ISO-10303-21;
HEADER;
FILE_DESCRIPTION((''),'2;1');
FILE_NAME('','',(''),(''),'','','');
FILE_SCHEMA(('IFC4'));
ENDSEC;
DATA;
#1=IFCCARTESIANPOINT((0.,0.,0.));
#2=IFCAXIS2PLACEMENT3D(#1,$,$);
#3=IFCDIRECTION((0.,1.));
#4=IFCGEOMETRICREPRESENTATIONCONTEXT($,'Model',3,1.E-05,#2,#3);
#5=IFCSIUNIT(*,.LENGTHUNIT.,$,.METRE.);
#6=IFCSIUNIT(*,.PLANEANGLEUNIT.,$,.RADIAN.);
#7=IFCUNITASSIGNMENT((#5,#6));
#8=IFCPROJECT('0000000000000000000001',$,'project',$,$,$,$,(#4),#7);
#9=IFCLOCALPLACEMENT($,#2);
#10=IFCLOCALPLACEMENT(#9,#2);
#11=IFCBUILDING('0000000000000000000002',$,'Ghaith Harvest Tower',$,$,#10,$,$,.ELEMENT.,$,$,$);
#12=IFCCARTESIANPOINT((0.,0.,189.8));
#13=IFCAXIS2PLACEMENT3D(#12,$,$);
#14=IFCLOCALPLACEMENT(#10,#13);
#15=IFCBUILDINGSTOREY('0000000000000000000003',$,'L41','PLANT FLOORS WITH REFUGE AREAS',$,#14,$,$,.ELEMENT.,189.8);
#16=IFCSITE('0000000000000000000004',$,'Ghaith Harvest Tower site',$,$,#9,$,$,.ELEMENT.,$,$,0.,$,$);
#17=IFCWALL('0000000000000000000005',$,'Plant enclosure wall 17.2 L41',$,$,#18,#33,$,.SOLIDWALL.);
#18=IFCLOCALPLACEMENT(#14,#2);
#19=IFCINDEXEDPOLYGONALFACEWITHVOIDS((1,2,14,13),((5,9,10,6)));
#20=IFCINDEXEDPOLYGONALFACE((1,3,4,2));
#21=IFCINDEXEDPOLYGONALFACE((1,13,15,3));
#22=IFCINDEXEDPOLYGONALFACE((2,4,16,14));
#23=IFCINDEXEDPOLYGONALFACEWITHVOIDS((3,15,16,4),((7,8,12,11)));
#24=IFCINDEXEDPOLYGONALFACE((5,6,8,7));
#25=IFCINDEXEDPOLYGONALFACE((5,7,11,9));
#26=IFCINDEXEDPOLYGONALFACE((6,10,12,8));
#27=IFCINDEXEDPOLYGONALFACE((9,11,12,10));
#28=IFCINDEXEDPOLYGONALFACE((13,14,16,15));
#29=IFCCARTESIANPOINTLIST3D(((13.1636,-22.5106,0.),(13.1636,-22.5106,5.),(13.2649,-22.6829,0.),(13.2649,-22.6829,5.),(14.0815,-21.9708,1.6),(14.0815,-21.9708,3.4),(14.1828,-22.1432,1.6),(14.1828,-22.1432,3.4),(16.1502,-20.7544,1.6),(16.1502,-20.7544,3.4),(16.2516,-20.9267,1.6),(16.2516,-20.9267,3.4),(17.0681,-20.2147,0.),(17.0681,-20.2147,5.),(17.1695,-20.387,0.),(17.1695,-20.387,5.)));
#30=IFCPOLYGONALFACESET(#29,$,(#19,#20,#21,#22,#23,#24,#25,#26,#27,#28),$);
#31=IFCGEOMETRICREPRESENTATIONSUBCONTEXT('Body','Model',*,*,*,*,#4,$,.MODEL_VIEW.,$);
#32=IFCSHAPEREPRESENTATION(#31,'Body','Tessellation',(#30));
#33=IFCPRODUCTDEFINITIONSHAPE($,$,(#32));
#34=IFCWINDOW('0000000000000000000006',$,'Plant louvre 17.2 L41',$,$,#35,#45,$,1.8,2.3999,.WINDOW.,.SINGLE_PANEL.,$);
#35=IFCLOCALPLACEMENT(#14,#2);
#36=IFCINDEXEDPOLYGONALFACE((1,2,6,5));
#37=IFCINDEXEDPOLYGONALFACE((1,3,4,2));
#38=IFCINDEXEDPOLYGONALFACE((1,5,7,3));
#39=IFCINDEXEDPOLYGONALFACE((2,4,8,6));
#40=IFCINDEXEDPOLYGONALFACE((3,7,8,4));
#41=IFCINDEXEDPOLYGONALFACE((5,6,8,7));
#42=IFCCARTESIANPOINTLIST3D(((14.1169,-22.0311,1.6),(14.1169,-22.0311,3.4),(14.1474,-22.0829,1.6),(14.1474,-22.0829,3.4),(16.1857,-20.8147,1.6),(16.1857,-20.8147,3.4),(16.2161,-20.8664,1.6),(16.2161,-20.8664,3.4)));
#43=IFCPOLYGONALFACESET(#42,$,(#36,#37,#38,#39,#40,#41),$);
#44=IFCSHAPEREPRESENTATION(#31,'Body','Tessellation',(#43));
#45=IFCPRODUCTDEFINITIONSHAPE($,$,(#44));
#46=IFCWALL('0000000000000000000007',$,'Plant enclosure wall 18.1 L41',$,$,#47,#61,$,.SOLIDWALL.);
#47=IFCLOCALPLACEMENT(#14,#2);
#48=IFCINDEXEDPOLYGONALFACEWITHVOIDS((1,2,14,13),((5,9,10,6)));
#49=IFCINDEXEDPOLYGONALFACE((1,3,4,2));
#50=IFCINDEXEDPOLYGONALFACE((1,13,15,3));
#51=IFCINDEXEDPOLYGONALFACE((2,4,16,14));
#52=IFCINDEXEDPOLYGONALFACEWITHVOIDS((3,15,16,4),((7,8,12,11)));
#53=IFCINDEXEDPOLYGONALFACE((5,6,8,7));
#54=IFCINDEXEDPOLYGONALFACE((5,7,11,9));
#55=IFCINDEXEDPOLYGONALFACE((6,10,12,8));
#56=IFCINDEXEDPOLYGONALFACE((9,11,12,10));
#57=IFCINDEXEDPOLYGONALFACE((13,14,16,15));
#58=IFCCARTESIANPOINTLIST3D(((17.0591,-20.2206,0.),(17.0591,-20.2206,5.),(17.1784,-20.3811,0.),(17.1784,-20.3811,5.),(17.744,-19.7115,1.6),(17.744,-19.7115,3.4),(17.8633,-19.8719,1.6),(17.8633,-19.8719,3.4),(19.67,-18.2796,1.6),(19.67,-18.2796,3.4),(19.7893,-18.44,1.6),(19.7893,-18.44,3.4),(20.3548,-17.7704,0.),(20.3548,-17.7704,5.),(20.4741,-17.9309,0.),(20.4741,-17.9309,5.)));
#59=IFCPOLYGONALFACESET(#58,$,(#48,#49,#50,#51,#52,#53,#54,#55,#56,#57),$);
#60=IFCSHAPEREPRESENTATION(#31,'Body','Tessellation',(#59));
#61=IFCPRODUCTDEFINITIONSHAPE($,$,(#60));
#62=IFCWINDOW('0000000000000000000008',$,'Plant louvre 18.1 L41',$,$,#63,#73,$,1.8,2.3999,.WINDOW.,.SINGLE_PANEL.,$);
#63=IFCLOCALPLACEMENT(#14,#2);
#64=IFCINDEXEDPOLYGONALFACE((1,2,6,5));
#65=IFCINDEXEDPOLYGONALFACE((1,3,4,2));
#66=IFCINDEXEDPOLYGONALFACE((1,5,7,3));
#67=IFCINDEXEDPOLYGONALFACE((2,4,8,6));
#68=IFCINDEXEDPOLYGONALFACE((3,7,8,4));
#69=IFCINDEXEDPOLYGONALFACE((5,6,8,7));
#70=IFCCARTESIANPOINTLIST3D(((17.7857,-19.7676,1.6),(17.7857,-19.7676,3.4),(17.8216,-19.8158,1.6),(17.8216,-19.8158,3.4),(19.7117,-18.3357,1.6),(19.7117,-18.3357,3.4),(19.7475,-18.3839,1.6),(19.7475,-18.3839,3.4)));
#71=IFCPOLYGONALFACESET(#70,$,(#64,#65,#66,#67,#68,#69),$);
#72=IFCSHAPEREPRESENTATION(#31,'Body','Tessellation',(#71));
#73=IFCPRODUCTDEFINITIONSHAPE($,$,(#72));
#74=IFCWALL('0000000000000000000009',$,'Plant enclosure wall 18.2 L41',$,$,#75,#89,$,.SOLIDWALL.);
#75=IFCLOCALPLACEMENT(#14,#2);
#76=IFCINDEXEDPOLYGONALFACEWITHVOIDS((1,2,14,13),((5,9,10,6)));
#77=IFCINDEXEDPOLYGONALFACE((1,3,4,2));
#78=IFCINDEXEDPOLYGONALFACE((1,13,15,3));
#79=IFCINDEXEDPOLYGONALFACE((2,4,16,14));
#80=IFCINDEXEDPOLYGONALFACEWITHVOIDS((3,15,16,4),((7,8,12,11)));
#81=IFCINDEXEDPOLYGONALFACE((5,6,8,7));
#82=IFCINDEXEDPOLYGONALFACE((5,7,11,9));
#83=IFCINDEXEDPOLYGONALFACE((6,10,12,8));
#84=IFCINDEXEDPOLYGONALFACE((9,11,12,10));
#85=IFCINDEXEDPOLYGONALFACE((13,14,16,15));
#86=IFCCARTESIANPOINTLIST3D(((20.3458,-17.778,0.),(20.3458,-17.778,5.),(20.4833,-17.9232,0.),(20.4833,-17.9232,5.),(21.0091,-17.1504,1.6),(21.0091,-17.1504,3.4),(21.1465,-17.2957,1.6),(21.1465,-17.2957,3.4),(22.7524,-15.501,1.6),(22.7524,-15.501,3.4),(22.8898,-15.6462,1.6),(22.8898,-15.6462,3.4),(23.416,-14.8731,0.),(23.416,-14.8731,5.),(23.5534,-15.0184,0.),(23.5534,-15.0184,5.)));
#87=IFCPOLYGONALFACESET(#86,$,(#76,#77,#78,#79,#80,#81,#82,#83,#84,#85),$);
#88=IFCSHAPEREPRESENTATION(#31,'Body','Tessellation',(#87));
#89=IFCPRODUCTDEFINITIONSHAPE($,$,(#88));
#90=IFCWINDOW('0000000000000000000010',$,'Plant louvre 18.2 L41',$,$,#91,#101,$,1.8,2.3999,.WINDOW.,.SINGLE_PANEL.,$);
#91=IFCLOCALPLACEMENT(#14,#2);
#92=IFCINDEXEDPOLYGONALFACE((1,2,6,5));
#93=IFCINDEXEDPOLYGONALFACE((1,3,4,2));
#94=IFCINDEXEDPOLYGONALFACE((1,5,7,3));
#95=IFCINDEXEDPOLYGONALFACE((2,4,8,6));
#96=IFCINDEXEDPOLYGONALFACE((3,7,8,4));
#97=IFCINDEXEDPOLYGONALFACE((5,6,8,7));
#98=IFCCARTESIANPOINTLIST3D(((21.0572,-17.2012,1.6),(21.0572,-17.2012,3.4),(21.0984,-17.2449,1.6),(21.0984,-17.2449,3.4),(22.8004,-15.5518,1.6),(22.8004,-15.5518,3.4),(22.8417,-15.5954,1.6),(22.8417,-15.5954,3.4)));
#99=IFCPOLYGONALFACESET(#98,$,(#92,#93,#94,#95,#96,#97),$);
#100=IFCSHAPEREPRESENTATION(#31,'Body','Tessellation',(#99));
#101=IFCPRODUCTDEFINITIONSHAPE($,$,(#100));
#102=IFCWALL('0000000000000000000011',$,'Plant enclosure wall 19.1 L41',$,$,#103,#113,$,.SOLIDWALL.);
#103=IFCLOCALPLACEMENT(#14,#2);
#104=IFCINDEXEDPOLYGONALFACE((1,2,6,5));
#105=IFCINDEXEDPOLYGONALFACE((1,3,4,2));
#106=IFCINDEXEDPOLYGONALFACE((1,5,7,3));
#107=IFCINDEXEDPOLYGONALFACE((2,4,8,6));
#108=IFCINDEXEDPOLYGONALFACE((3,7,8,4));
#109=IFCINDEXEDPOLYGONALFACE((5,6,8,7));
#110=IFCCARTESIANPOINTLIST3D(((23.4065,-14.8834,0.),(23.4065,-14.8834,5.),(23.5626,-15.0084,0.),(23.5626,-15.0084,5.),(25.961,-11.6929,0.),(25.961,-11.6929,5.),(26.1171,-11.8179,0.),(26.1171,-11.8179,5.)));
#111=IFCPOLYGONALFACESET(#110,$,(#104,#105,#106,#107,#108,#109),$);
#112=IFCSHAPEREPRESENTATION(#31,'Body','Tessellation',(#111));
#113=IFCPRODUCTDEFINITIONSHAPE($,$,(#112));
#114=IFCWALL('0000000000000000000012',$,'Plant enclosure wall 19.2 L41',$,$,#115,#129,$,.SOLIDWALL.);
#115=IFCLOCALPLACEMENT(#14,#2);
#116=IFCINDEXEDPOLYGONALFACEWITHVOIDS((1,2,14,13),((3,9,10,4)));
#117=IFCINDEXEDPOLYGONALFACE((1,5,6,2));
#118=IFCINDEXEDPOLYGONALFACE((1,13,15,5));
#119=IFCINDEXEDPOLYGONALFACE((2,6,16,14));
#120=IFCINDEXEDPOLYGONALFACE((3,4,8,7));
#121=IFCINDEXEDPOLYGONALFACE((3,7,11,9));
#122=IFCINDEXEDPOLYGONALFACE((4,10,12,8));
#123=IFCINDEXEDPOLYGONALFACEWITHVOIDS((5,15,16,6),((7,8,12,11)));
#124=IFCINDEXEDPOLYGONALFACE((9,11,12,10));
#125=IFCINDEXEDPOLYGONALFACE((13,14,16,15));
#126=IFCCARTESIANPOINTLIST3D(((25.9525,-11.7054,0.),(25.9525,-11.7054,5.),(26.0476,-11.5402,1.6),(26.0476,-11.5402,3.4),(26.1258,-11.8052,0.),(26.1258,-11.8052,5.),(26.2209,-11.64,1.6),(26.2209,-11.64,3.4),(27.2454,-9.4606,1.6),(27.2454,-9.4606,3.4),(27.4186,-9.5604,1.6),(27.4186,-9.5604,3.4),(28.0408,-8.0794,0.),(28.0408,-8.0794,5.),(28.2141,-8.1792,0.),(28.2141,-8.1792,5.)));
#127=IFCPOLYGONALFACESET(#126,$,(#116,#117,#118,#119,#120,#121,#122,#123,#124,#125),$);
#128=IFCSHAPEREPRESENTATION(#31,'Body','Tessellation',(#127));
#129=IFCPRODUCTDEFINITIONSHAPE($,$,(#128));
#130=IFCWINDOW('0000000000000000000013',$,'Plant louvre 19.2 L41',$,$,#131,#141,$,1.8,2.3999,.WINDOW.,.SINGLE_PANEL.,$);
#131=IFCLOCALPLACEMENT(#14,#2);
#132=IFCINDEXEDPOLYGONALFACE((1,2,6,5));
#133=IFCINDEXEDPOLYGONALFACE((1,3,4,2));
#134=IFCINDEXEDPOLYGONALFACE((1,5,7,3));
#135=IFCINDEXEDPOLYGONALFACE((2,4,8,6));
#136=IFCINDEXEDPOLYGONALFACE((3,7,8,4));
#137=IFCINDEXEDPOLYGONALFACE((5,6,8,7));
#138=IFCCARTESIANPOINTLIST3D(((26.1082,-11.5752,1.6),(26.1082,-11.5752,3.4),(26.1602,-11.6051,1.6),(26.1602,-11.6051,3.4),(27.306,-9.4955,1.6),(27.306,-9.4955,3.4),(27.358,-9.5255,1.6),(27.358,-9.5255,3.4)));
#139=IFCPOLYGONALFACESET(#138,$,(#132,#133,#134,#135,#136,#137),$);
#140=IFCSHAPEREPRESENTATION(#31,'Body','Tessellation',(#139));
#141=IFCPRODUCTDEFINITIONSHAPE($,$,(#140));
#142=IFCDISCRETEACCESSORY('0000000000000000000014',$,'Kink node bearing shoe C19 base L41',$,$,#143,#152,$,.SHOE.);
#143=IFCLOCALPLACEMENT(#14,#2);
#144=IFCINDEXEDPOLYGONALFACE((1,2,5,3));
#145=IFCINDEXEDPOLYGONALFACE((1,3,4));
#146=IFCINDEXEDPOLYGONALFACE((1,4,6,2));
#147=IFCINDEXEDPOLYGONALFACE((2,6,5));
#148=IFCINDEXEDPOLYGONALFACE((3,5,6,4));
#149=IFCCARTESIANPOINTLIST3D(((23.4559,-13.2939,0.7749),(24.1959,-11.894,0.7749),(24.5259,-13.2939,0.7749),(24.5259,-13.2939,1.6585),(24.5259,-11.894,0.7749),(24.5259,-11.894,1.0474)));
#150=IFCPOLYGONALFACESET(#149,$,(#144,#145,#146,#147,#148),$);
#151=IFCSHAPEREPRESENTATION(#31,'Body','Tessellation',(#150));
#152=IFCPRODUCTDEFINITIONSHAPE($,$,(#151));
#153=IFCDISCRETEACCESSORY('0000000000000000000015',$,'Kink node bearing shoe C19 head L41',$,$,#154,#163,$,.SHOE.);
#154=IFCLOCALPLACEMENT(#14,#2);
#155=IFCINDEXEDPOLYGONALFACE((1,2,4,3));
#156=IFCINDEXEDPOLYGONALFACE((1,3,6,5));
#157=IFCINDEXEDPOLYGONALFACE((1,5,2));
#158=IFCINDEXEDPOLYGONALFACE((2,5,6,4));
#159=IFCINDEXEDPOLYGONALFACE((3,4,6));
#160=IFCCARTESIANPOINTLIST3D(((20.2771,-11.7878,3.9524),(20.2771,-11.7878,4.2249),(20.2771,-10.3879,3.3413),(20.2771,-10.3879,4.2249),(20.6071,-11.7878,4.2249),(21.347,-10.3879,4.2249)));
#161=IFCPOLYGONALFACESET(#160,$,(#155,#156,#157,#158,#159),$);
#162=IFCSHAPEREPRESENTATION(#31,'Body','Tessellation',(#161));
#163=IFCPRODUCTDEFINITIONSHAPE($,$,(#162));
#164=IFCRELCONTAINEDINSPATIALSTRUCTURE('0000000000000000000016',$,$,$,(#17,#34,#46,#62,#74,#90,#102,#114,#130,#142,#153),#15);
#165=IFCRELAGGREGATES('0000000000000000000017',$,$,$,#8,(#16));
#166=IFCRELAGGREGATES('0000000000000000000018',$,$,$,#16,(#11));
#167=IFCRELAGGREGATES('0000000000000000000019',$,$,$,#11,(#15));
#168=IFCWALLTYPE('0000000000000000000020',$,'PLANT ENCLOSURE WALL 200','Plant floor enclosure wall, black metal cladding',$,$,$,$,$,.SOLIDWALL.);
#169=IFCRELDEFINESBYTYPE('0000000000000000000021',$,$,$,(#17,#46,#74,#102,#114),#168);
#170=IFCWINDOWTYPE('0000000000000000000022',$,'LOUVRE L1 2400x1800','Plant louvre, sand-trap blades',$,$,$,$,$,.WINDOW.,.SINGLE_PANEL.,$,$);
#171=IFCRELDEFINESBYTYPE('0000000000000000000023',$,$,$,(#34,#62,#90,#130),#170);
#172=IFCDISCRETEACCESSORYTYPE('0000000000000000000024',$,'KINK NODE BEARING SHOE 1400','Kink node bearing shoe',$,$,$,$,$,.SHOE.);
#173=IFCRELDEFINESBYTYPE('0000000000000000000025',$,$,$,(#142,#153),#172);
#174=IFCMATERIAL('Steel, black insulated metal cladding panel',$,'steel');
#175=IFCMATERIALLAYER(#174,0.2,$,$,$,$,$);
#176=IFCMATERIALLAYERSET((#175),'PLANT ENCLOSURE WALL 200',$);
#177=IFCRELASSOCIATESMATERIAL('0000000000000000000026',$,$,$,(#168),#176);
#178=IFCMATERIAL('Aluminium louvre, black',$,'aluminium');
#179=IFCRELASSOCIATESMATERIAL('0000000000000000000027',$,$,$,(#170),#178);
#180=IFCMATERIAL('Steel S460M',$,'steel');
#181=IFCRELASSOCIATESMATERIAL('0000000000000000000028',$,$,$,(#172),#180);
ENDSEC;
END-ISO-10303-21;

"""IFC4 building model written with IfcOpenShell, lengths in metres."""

from ifc_helpers import new_model, si_unit, direction, frame, frame_2d, origin, origin_2d, place, context, subcontext, project, spatial, rectangle, extrude, clip, halfspace, material, layer, layer_set, material_profile, profile_set, type_object, element, fill, save


model = new_model("IFC4")

# Units and contexts
model_context = context("Model", 3, precision=1e-05, world=origin(), true_north=direction((0.0, 1.0)))
body_context = subcontext(model_context, "Body", "Model", "MODEL_VIEW")
ifc_project = project(units=[si_unit("LENGTHUNIT", "METRE"), si_unit("PLANEANGLEUNIT", "RADIAN")], contexts=[model_context])

# Site, building, storey
site_placement = place(None, origin())
site = spatial("IfcSite", under=ifc_project, at=site_placement, Name="Ghaith Harvest Tower site", CompositionType="ELEMENT", RefElevation=0.0)
building_placement = place(site_placement, origin())
building = spatial("IfcBuilding", under=site, at=building_placement, Name="Ghaith Harvest Tower", CompositionType="ELEMENT")
storey_placement = place(building_placement, frame((0.0, 0.0, 189.8)))
storey = spatial("IfcBuildingStorey", under=building, at=storey_placement, Name="L41", Description="PLANT FLOORS WITH REFUGE AREAS", CompositionType="ELEMENT", Elevation=189.8)

# Walls, openings, windows
ifc_material_1 = material(Name="Steel, black insulated metal cladding panel", Category="steel")
ifc_layer_1 = layer(ifc_material_1, 0.2)
ifc_layer_set_1 = layer_set([ifc_layer_1], Name="PLANT ENCLOSURE WALL 200")
wall_type_1 = type_object("IfcWallType", Name="PLANT ENCLOSURE WALL 200", Description="Plant floor enclosure wall, black metal cladding", PredefinedType="SOLIDWALL", material=ifc_layer_set_1)
wall_1_placement = place(storey_placement, frame((13.2144, -22.5967, 0.0), z_axis=(0.0, 0.0, 1.0), x_axis=(0.86202, 0.506874, 0.0)))
wall_1 = element("IfcWall", 1, at=wall_1_placement, inside=storey, type_object=wall_type_1, Name="Plant enclosure wall 17.2 L41", PredefinedType="SOLIDWALL", context=body_context, shape_type="SweptSolid", body=[
    extrude(rectangle(XDim=4.5295, YDim=0.2, at=frame_2d((2.2646, 0.0))), origin(), (0.0, 0.0, 1.0), 5.0),
])
opening_1_placement = place(wall_1_placement, frame((1.0647, 0.0, 1.6001)))
opening_1 = element("IfcOpeningElement", 2, at=opening_1_placement, cuts=wall_1, PredefinedType="OPENING", context=body_context, shape_type="SweptSolid", body=[
    extrude(rectangle(XDim=2.3999, YDim=1.8, at=frame_2d((1.2, 0.8999))), frame((0.0, 0.1099, 0.0), z_axis=(0.0, -1.0, 0.0), x_axis=(1.0, 0.0, 0.0)), (0.0, 0.0, 1.0), 0.22),
])
ifc_material_2 = material(Name="Aluminium louvre, black", Category="aluminium")
window_type = type_object("IfcWindowType", Name="LOUVRE L1 2400x1800", Description="Plant louvre, sand-trap blades", PartitioningType="SINGLE_PANEL", PredefinedType="WINDOW", material=ifc_material_2)
window_1_placement = place(opening_1_placement, origin())
window_1 = element("IfcWindow", 3, at=window_1_placement, inside=storey, type_object=window_type, Name="Plant louvre 17.2 L41", OverallHeight=1.8, OverallWidth=2.3999, PartitioningType="SINGLE_PANEL", PredefinedType="WINDOW", context=body_context, shape_type="SweptSolid", body=[
    extrude(rectangle(XDim=2.3999, YDim=1.8, at=frame_2d((1.2, 0.8999))), frame((0.0, 0.03, 0.0), z_axis=(0.0, -1.0, 0.0), x_axis=(1.0, 0.0, 0.0)), (0.0, 0.0, 1.0), 0.0601),
])
fill(opening_1, window_1)
wall_2_placement = place(storey_placement, frame((17.1189, -20.3008, 0.0), z_axis=(0.0, 0.0, 1.0), x_axis=(0.802511, 0.596637, 0.0)))
wall_2 = element("IfcWall", 4, at=wall_2_placement, inside=storey, type_object=wall_type_1, Name="Plant enclosure wall 18.1 L41", PredefinedType="SOLIDWALL", context=body_context, shape_type="SweptSolid", body=[
    extrude(rectangle(XDim=4.1067, YDim=0.2, at=frame_2d((2.0532, 0.0))), origin(), (0.0, 0.0, 1.0), 5.0),
])
opening_2_placement = place(wall_2_placement, frame((0.8533, 0.0, 1.6001)))
opening_2 = element("IfcOpeningElement", 5, at=opening_2_placement, cuts=wall_2, PredefinedType="OPENING", context=body_context, shape_type="SweptSolid", body=[
    extrude(rectangle(XDim=2.3999, YDim=1.8, at=frame_2d((1.2, 0.8999))), frame((0.0, 0.1099, 0.0), z_axis=(0.0, -1.0, 0.0), x_axis=(1.0, 0.0, 0.0)), (0.0, 0.0, 1.0), 0.22),
])
window_2_placement = place(opening_2_placement, origin())
window_2 = element("IfcWindow", 6, at=window_2_placement, inside=storey, type_object=window_type, Name="Plant louvre 18.1 L41", OverallHeight=1.8, OverallWidth=2.3999, PartitioningType="SINGLE_PANEL", PredefinedType="WINDOW", context=body_context, shape_type="SweptSolid", body=[
    extrude(rectangle(XDim=2.3999, YDim=1.8, at=frame_2d((1.2, 0.8999))), frame((0.0, 0.03, 0.0), z_axis=(0.0, -1.0, 0.0), x_axis=(1.0, 0.0, 0.0)), (0.0, 0.0, 1.0), 0.0601),
])
fill(opening_2, window_2)
wall_3_placement = place(storey_placement, frame((20.4146, -17.8506, 0.0), z_axis=(0.0, 0.0, 1.0), x_axis=(0.72639, 0.687283, 0.0)))
wall_3 = element("IfcWall", 7, at=wall_3_placement, inside=storey, type_object=wall_type_1, Name="Plant enclosure wall 18.2 L41", PredefinedType="SOLIDWALL", context=body_context, shape_type="SweptSolid", body=[
    extrude(rectangle(XDim=4.2266, YDim=0.2, at=frame_2d((2.1133, 0.0))), origin(), (0.0, 0.0, 1.0), 5.0),
])
opening_3_placement = place(wall_3_placement, frame((0.9131, 0.0, 1.6001)))
opening_3 = element("IfcOpeningElement", 8, at=opening_3_placement, cuts=wall_3, PredefinedType="OPENING", context=body_context, shape_type="SweptSolid", body=[
    extrude(rectangle(XDim=2.3999, YDim=1.8, at=frame_2d((1.2, 0.8999))), frame((0.0, 0.1099, 0.0), z_axis=(0.0, -1.0, 0.0), x_axis=(1.0, 0.0, 0.0)), (0.0, 0.0, 1.0), 0.22),
])
window_3_placement = place(opening_3_placement, origin())
window_3 = element("IfcWindow", 9, at=window_3_placement, inside=storey, type_object=window_type, Name="Plant louvre 18.2 L41", OverallHeight=1.8, OverallWidth=2.3999, PartitioningType="SINGLE_PANEL", PredefinedType="WINDOW", context=body_context, shape_type="SweptSolid", body=[
    extrude(rectangle(XDim=2.3999, YDim=1.8, at=frame_2d((1.2, 0.8999))), frame((0.0, 0.03, 0.0), z_axis=(0.0, -1.0, 0.0), x_axis=(1.0, 0.0, 0.0)), (0.0, 0.0, 1.0), 0.0601),
])
fill(opening_3, window_3)

# Wall
wall_4_placement = place(storey_placement, frame((23.4846, -14.9458, 0.0), z_axis=(0.0, 0.0, 1.0), x_axis=(0.625008, 0.780618, 0.0)))
element("IfcWall", 10, at=wall_4_placement, inside=storey, type_object=wall_type_1, Name="Plant enclosure wall 19.1 L41", PredefinedType="SOLIDWALL", context=body_context, shape_type="SweptSolid", body=[
    extrude(rectangle(XDim=4.0872, YDim=0.2, at=frame_2d((2.0435, 0.0))), origin(), (0.0, 0.0, 1.0), 5.0),
])

# Wall, opening, window
wall_5_placement = place(storey_placement, frame((26.0391, -11.7554, 0.0), z_axis=(0.0, 0.0, 1.0), x_axis=(0.499089, 0.866551, 0.0)))
wall_5 = element("IfcWall", 11, at=wall_5_placement, inside=storey, type_object=wall_type_1, Name="Plant enclosure wall 19.2 L41", PredefinedType="SOLIDWALL", context=body_context, shape_type="SweptSolid", body=[
    extrude(rectangle(XDim=4.1843, YDim=0.2, at=frame_2d((2.0923, 0.0))), origin(), (0.0, 0.0, 1.0), 5.0),
])
opening_4_placement = place(wall_5_placement, frame((0.1907, 0.0, 1.6001)))
opening_4 = element("IfcOpeningElement", 12, at=opening_4_placement, cuts=wall_5, PredefinedType="OPENING", context=body_context, shape_type="SweptSolid", body=[
    extrude(rectangle(XDim=2.3999, YDim=1.8, at=frame_2d((1.2, 0.8999))), frame((0.0, 0.1099, 0.0), z_axis=(0.0, -1.0, 0.0), x_axis=(1.0, 0.0, 0.0)), (0.0, 0.0, 1.0), 0.22),
])
window_4_placement = place(opening_4_placement, origin())
window_4 = element("IfcWindow", 13, at=window_4_placement, inside=storey, type_object=window_type, Name="Plant louvre 19.2 L41", OverallHeight=1.8, OverallWidth=2.3999, PartitioningType="SINGLE_PANEL", PredefinedType="WINDOW", context=body_context, shape_type="SweptSolid", body=[
    extrude(rectangle(XDim=2.3999, YDim=1.8, at=frame_2d((1.2, 0.8999))), frame((0.0, 0.03, 0.0), z_axis=(0.0, -1.0, 0.0), x_axis=(1.0, 0.0, 0.0)), (0.0, 0.0, 1.0), 0.0601),
])
fill(opening_4, window_4)

# Discrete accessories
ifc_material_3 = material(Name="Steel S460M", Category="steel")
ifc_material_profile_1 = material_profile(ifc_material_3, rectangle(XDim=1.3999, YDim=1.3999, at=origin_2d()), Name="KINK NODE BEARING SHOE 1400")
ifc_profile_set_1 = profile_set([ifc_material_profile_1], Name="Steel S460M")
discrete_accessory_type = type_object("IfcDiscreteAccessoryType", Name="KINK NODE BEARING SHOE 1400", Description="Kink node bearing shoe", PredefinedType="SHOE", material=ifc_profile_set_1)
discrete_accessory_1_placement = place(storey_placement, frame((23.8259, -12.594, 0.7749), z_axis=(0.0, 0.0, 1.0), x_axis=(1.0, 0.0, 0.0)))
element("IfcDiscreteAccessory", 14, at=discrete_accessory_1_placement, inside=storey, type_object=discrete_accessory_type, Name="Kink node bearing shoe C19 base L41", PredefinedType="SHOE", context=body_context, shape_type="Clipping", body=[
    clip(extrude(rectangle(XDim=1.3999, YDim=1.3999, at=origin_2d()), origin(), (0.0, 0.0, 1.0), 0.8936), halfspace(frame((0.0, 0.0, 0.0), z_axis=(-0.603481, 0.319004, 0.730786), x_axis=(1.0, 0.0, 0.0)), False)),
])
discrete_accessory_2_placement = place(storey_placement, frame((20.9771, -11.0879, 3.3313), z_axis=(0.0, 0.0, 1.0), x_axis=(1.0, 0.0, 0.0)))
element("IfcDiscreteAccessory", 15, at=discrete_accessory_2_placement, inside=storey, type_object=discrete_accessory_type, Name="Kink node bearing shoe C19 head L41", PredefinedType="SHOE", context=body_context, shape_type="Clipping", body=[
    clip(extrude(rectangle(XDim=1.3999, YDim=1.3999, at=origin_2d()), origin(), (0.0, 0.0, 1.0), 0.8936), halfspace(frame((0.0, 0.0, 0.8936), z_axis=(0.603481, -0.319004, -0.730786), x_axis=(1.0, 0.0, 0.0)), False)),
])

save(model, "model.ifc")
